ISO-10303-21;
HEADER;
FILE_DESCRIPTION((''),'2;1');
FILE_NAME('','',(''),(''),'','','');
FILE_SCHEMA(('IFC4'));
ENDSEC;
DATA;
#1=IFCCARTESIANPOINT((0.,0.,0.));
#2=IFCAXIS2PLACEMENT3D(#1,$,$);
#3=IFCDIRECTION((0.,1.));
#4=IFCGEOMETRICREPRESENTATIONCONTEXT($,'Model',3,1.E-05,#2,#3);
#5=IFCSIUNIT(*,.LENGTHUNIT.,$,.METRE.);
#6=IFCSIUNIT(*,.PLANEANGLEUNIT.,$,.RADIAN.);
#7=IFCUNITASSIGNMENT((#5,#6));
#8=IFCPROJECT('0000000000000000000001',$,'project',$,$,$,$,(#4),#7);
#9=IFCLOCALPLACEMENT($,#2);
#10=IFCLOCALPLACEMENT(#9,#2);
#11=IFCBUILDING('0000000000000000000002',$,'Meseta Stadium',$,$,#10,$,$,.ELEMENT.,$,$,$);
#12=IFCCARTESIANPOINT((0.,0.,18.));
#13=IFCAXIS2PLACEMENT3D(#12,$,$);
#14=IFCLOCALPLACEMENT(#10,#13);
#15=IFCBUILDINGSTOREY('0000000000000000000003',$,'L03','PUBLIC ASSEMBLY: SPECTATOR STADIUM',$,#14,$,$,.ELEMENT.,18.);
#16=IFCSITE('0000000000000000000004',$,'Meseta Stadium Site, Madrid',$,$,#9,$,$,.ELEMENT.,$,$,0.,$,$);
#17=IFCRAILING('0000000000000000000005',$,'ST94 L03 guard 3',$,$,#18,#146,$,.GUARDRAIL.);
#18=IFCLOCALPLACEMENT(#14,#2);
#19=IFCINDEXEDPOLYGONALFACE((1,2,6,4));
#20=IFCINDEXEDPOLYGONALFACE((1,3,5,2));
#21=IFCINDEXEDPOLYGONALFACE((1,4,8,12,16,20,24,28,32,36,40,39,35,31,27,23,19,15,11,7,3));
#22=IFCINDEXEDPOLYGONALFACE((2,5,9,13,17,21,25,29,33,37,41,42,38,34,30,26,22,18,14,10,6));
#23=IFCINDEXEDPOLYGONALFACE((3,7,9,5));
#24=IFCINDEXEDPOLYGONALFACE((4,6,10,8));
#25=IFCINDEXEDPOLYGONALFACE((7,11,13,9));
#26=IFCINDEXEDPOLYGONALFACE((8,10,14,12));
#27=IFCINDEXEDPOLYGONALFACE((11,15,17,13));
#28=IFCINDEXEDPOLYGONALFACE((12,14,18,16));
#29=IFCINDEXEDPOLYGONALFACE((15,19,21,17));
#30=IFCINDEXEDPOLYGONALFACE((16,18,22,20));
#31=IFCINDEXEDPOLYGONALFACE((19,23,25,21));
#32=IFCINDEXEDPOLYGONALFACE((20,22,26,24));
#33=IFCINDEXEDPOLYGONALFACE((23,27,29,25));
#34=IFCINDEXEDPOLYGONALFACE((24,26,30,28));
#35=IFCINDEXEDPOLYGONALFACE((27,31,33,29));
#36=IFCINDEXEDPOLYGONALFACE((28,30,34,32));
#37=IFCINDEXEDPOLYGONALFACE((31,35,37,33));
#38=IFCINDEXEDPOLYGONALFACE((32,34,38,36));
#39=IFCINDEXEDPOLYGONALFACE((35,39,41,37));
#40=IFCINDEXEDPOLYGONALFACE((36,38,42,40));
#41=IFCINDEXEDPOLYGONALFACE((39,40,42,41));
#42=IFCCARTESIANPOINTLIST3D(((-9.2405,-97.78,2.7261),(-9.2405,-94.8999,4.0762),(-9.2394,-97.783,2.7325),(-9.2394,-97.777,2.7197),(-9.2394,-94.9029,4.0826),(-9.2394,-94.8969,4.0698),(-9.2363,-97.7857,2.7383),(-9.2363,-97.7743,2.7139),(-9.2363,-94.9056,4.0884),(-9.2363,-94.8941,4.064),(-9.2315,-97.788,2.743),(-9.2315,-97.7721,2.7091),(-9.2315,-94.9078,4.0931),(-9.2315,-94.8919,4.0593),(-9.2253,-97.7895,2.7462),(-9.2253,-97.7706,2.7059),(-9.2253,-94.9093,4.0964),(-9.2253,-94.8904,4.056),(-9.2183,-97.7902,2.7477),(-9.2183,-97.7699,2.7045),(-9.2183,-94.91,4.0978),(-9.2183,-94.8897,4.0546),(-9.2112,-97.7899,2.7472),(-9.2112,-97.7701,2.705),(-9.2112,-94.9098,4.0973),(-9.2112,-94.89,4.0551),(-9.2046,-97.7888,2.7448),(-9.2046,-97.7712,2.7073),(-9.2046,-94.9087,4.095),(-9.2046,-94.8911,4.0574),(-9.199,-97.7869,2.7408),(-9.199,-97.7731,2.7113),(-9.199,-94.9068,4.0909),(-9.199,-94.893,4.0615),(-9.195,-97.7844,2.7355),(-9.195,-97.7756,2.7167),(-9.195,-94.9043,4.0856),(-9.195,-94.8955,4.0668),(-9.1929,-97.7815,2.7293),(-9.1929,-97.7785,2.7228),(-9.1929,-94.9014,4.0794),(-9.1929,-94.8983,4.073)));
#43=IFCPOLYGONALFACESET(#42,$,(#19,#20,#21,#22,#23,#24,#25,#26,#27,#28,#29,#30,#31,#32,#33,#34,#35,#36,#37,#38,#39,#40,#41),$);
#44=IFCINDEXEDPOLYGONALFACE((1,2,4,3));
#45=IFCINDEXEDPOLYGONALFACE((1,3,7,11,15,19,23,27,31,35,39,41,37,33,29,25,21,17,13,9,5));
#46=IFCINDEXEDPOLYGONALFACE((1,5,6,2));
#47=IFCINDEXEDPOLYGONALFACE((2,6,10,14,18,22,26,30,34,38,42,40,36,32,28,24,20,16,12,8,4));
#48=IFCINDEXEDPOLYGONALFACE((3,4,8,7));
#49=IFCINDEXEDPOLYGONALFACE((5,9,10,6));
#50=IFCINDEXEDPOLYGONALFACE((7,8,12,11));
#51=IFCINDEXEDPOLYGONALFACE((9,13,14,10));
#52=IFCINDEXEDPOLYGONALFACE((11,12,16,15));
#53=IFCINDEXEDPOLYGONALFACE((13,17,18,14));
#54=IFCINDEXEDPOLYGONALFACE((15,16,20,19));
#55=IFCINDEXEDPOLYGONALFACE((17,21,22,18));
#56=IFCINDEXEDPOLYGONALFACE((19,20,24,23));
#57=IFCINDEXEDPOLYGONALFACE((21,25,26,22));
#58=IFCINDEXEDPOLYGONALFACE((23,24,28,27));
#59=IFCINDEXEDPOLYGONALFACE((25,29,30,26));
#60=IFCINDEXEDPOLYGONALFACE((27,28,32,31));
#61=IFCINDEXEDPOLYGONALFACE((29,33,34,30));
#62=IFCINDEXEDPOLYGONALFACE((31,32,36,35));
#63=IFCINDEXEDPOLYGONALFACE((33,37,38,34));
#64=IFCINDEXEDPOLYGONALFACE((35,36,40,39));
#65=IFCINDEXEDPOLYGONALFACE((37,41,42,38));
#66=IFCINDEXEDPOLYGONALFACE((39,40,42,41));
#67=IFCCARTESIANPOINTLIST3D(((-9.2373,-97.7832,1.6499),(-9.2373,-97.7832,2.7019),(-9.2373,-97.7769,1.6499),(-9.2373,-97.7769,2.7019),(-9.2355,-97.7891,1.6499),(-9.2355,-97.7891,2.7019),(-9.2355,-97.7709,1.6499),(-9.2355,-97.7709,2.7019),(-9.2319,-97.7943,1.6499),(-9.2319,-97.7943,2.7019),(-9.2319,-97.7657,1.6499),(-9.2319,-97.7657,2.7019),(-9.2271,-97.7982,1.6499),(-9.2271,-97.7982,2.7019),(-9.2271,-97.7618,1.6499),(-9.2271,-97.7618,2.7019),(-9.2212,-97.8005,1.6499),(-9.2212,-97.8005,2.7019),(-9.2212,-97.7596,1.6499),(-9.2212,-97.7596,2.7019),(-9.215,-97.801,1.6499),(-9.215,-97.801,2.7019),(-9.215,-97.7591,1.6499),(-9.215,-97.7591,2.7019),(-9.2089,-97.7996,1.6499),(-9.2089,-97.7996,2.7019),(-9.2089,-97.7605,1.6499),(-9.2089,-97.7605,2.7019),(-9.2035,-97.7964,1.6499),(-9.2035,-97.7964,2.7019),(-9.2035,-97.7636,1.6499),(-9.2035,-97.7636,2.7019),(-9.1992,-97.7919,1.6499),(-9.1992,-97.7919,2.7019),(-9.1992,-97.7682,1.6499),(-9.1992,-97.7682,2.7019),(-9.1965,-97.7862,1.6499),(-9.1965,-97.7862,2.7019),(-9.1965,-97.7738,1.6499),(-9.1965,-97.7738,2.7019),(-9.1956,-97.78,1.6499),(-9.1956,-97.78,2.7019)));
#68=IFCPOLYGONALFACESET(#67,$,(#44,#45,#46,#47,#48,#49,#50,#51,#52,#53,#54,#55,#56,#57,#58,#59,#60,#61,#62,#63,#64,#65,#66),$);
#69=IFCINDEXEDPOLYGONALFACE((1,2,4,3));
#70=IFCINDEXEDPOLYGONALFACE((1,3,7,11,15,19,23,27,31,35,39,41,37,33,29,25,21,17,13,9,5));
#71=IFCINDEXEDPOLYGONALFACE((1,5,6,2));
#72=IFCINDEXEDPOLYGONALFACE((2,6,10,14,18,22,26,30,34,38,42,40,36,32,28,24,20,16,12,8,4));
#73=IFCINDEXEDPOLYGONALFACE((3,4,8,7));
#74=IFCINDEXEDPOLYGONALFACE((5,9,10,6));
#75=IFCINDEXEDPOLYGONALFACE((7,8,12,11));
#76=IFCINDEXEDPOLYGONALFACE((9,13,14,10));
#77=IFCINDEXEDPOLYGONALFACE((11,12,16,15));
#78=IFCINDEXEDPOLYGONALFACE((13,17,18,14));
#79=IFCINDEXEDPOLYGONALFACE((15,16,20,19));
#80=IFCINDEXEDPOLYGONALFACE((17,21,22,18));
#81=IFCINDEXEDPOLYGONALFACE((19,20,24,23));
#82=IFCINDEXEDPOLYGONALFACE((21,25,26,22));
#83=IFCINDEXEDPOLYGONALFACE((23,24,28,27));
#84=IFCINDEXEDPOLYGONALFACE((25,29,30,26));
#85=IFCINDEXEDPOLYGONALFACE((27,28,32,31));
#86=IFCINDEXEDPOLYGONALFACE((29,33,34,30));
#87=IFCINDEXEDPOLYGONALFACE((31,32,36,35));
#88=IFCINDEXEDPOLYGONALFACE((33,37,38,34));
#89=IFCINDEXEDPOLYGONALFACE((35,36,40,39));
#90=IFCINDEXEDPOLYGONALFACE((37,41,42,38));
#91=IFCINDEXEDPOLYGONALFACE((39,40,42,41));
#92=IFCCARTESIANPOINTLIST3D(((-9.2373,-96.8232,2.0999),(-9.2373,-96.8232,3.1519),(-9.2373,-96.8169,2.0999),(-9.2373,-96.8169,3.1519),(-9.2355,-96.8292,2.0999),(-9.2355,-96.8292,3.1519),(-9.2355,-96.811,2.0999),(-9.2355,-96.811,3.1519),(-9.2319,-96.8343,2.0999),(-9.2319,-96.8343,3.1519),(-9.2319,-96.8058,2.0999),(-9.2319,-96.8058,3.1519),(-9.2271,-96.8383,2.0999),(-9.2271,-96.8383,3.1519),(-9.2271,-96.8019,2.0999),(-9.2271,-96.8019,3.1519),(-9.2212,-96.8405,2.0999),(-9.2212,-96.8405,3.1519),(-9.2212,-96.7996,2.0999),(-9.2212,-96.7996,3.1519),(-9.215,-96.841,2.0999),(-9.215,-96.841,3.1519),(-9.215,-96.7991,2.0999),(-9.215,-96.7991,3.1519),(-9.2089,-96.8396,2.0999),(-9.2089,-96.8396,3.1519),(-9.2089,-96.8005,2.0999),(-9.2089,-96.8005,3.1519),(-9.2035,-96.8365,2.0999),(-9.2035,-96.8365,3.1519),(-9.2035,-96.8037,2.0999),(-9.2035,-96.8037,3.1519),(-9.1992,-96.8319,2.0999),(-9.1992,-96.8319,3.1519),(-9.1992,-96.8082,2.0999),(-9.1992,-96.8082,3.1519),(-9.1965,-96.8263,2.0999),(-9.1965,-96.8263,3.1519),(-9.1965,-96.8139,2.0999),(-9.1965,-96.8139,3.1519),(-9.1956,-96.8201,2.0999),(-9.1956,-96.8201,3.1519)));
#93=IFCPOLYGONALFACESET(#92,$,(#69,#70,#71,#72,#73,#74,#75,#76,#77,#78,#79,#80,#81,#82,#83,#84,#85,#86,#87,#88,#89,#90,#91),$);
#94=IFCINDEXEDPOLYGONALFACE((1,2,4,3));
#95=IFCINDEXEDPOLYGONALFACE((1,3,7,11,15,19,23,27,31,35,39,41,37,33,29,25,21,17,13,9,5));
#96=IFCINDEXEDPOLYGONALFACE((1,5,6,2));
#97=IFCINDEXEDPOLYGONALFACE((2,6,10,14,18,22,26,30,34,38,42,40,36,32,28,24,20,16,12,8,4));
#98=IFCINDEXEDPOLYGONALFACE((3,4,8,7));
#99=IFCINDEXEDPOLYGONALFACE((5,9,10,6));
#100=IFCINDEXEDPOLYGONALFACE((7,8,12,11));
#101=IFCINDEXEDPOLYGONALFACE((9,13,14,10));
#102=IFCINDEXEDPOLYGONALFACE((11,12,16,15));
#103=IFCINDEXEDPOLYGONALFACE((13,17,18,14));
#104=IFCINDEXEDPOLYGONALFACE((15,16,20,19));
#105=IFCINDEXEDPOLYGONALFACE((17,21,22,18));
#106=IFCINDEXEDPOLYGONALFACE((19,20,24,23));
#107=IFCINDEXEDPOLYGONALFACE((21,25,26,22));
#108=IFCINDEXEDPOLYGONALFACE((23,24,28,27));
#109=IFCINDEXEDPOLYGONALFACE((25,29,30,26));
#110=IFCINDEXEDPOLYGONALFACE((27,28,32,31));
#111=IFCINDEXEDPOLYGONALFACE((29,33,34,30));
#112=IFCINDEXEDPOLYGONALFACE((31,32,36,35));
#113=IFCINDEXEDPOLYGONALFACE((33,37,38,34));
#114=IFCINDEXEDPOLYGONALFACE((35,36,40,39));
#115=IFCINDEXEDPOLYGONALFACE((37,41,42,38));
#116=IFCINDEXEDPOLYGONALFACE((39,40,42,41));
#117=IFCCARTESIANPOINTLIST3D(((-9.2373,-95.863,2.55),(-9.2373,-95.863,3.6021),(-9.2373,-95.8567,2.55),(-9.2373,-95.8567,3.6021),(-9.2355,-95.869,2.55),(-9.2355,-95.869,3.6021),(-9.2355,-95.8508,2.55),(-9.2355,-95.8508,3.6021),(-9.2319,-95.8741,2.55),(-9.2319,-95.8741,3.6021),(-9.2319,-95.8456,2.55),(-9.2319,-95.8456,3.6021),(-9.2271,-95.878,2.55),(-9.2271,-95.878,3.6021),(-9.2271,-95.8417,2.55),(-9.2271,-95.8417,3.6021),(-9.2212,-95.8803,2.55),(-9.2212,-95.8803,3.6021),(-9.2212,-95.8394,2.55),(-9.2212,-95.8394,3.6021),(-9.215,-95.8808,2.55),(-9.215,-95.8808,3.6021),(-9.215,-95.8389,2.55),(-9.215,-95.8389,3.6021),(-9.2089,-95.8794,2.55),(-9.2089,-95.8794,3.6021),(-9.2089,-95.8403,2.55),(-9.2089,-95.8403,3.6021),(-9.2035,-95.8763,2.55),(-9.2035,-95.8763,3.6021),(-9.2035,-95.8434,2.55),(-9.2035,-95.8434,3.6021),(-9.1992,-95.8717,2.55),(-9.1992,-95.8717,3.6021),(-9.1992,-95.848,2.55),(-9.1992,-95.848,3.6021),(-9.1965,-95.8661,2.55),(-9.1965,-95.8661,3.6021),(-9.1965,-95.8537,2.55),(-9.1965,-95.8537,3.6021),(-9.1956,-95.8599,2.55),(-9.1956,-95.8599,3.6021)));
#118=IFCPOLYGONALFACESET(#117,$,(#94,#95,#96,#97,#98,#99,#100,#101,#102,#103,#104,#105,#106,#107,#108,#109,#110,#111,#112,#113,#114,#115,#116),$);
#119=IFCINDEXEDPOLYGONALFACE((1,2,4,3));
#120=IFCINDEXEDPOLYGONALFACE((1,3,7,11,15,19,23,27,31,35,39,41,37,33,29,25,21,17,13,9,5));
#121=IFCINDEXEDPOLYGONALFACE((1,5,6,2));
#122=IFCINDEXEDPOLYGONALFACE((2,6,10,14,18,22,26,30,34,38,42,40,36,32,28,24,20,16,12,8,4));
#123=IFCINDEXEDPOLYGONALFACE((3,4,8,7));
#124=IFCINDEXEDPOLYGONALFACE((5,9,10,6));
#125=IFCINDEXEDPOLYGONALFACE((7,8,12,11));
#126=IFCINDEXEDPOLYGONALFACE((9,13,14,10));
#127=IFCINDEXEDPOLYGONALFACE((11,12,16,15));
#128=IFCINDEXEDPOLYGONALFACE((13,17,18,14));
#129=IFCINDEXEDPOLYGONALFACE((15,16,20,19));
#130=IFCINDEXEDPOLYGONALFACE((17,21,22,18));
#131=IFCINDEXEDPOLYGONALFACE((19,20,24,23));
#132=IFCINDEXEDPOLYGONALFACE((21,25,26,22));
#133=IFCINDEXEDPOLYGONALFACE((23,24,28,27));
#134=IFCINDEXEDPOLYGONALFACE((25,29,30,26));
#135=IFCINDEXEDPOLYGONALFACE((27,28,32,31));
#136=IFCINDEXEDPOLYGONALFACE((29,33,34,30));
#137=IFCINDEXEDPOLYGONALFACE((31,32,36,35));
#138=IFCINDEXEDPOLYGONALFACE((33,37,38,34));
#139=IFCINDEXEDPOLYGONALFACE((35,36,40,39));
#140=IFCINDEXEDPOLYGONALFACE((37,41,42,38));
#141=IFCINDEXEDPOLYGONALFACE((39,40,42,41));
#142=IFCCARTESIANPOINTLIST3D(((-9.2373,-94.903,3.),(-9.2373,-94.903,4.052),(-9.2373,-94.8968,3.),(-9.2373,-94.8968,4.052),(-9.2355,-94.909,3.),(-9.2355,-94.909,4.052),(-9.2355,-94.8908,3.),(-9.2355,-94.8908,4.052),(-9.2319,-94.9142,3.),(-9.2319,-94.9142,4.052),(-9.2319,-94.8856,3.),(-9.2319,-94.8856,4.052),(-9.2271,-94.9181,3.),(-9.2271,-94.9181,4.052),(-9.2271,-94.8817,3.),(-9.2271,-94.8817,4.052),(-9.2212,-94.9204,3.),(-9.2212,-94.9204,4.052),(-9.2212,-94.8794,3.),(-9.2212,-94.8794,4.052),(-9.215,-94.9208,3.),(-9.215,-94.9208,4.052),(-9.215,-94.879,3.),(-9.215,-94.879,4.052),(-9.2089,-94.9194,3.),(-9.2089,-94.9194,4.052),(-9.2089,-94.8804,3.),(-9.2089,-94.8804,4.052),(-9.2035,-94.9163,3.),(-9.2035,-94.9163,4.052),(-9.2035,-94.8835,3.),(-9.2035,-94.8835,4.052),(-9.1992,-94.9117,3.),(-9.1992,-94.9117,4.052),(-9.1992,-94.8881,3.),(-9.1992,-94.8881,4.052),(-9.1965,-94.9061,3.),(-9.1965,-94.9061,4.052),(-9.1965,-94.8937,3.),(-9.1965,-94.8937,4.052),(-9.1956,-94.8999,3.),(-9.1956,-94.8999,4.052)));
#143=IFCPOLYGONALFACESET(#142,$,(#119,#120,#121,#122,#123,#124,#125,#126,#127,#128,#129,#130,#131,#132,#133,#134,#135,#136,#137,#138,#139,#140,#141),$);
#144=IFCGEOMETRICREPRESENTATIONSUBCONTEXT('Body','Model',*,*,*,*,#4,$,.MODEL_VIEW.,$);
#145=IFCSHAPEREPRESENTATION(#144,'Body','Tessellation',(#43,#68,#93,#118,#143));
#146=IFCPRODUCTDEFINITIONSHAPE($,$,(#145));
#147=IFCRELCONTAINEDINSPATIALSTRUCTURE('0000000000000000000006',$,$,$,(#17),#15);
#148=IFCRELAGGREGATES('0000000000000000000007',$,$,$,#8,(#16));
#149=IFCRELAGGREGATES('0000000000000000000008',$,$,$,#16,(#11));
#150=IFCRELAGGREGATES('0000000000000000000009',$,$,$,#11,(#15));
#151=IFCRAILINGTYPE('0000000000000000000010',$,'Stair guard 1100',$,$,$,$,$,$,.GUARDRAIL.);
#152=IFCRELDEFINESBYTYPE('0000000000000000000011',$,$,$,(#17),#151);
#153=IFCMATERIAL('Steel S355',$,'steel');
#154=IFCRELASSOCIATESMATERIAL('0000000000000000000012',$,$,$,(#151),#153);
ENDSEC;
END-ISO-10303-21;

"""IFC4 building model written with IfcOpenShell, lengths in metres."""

from ifc_helpers import new_model, si_unit, direction, frame, origin, origin_2d, place, context, subcontext, project, spatial, circle, extrude, material, type_object, element, save


model = new_model("IFC4")

# Units and contexts
model_context = context("Model", 3, precision=1e-05, world=origin(), true_north=direction((0.0, 1.0)))
body_context = subcontext(model_context, "Body", "Model", "MODEL_VIEW")
ifc_project = project(units=[si_unit("LENGTHUNIT", "METRE"), si_unit("PLANEANGLEUNIT", "RADIAN")], contexts=[model_context])

# Site, building, storey
site_placement = place(None, origin())
site = spatial("IfcSite", under=ifc_project, at=site_placement, Name="Meseta Stadium Site, Madrid", CompositionType="ELEMENT", RefElevation=0.0)
building_placement = place(site_placement, origin())
building = spatial("IfcBuilding", under=site, at=building_placement, Name="Meseta Stadium", CompositionType="ELEMENT")
storey_placement = place(building_placement, frame((0.0, 0.0, 18.0)))
storey = spatial("IfcBuildingStorey", under=building, at=storey_placement, Name="L03", Description="PUBLIC ASSEMBLY: SPECTATOR STADIUM", CompositionType="ELEMENT", Elevation=18.0)

# Railing
ifc_material_1 = material(Name="Steel S355", Category="steel")
railing_type_1 = type_object("IfcRailingType", Name="Stair guard 1100", PredefinedType="GUARDRAIL", material=ifc_material_1)
for number, where, name in (
    (1, (-9.2166, -97.78, 1.6499), "ST94 L03 guard 3"),
):
    element("IfcRailing", number, at=place(storey_placement, frame(where)), inside=storey, type_object=railing_type_1, Name=name, PredefinedType="GUARDRAIL", context=body_context, shape_type="SweptSolid", body=[
        extrude(circle(Radius=0.0239, at=origin_2d()), frame((0.0, 0.0, 1.0762), z_axis=(0.0, 0.905454, 0.424444), x_axis=(-1.0, 0.0, 0.0)), (0.0, 0.0, 1.0), 3.1809),
        extrude(circle(Radius=0.021, at=origin_2d()), origin(), (0.0, 0.0, 1.0), 1.052),
        extrude(circle(Radius=0.021, at=origin_2d()), frame((0.0, 0.96, 0.45)), (0.0, 0.0, 1.0), 1.052),
        extrude(circle(Radius=0.021, at=origin_2d()), frame((0.0, 1.9202, 0.9001)), (0.0, 0.0, 1.0), 1.052),
        extrude(circle(Radius=0.021, at=origin_2d()), frame((0.0, 2.8801, 1.3501)), (0.0, 0.0, 1.0), 1.052),
    ])

save(model, "model.ifc")
